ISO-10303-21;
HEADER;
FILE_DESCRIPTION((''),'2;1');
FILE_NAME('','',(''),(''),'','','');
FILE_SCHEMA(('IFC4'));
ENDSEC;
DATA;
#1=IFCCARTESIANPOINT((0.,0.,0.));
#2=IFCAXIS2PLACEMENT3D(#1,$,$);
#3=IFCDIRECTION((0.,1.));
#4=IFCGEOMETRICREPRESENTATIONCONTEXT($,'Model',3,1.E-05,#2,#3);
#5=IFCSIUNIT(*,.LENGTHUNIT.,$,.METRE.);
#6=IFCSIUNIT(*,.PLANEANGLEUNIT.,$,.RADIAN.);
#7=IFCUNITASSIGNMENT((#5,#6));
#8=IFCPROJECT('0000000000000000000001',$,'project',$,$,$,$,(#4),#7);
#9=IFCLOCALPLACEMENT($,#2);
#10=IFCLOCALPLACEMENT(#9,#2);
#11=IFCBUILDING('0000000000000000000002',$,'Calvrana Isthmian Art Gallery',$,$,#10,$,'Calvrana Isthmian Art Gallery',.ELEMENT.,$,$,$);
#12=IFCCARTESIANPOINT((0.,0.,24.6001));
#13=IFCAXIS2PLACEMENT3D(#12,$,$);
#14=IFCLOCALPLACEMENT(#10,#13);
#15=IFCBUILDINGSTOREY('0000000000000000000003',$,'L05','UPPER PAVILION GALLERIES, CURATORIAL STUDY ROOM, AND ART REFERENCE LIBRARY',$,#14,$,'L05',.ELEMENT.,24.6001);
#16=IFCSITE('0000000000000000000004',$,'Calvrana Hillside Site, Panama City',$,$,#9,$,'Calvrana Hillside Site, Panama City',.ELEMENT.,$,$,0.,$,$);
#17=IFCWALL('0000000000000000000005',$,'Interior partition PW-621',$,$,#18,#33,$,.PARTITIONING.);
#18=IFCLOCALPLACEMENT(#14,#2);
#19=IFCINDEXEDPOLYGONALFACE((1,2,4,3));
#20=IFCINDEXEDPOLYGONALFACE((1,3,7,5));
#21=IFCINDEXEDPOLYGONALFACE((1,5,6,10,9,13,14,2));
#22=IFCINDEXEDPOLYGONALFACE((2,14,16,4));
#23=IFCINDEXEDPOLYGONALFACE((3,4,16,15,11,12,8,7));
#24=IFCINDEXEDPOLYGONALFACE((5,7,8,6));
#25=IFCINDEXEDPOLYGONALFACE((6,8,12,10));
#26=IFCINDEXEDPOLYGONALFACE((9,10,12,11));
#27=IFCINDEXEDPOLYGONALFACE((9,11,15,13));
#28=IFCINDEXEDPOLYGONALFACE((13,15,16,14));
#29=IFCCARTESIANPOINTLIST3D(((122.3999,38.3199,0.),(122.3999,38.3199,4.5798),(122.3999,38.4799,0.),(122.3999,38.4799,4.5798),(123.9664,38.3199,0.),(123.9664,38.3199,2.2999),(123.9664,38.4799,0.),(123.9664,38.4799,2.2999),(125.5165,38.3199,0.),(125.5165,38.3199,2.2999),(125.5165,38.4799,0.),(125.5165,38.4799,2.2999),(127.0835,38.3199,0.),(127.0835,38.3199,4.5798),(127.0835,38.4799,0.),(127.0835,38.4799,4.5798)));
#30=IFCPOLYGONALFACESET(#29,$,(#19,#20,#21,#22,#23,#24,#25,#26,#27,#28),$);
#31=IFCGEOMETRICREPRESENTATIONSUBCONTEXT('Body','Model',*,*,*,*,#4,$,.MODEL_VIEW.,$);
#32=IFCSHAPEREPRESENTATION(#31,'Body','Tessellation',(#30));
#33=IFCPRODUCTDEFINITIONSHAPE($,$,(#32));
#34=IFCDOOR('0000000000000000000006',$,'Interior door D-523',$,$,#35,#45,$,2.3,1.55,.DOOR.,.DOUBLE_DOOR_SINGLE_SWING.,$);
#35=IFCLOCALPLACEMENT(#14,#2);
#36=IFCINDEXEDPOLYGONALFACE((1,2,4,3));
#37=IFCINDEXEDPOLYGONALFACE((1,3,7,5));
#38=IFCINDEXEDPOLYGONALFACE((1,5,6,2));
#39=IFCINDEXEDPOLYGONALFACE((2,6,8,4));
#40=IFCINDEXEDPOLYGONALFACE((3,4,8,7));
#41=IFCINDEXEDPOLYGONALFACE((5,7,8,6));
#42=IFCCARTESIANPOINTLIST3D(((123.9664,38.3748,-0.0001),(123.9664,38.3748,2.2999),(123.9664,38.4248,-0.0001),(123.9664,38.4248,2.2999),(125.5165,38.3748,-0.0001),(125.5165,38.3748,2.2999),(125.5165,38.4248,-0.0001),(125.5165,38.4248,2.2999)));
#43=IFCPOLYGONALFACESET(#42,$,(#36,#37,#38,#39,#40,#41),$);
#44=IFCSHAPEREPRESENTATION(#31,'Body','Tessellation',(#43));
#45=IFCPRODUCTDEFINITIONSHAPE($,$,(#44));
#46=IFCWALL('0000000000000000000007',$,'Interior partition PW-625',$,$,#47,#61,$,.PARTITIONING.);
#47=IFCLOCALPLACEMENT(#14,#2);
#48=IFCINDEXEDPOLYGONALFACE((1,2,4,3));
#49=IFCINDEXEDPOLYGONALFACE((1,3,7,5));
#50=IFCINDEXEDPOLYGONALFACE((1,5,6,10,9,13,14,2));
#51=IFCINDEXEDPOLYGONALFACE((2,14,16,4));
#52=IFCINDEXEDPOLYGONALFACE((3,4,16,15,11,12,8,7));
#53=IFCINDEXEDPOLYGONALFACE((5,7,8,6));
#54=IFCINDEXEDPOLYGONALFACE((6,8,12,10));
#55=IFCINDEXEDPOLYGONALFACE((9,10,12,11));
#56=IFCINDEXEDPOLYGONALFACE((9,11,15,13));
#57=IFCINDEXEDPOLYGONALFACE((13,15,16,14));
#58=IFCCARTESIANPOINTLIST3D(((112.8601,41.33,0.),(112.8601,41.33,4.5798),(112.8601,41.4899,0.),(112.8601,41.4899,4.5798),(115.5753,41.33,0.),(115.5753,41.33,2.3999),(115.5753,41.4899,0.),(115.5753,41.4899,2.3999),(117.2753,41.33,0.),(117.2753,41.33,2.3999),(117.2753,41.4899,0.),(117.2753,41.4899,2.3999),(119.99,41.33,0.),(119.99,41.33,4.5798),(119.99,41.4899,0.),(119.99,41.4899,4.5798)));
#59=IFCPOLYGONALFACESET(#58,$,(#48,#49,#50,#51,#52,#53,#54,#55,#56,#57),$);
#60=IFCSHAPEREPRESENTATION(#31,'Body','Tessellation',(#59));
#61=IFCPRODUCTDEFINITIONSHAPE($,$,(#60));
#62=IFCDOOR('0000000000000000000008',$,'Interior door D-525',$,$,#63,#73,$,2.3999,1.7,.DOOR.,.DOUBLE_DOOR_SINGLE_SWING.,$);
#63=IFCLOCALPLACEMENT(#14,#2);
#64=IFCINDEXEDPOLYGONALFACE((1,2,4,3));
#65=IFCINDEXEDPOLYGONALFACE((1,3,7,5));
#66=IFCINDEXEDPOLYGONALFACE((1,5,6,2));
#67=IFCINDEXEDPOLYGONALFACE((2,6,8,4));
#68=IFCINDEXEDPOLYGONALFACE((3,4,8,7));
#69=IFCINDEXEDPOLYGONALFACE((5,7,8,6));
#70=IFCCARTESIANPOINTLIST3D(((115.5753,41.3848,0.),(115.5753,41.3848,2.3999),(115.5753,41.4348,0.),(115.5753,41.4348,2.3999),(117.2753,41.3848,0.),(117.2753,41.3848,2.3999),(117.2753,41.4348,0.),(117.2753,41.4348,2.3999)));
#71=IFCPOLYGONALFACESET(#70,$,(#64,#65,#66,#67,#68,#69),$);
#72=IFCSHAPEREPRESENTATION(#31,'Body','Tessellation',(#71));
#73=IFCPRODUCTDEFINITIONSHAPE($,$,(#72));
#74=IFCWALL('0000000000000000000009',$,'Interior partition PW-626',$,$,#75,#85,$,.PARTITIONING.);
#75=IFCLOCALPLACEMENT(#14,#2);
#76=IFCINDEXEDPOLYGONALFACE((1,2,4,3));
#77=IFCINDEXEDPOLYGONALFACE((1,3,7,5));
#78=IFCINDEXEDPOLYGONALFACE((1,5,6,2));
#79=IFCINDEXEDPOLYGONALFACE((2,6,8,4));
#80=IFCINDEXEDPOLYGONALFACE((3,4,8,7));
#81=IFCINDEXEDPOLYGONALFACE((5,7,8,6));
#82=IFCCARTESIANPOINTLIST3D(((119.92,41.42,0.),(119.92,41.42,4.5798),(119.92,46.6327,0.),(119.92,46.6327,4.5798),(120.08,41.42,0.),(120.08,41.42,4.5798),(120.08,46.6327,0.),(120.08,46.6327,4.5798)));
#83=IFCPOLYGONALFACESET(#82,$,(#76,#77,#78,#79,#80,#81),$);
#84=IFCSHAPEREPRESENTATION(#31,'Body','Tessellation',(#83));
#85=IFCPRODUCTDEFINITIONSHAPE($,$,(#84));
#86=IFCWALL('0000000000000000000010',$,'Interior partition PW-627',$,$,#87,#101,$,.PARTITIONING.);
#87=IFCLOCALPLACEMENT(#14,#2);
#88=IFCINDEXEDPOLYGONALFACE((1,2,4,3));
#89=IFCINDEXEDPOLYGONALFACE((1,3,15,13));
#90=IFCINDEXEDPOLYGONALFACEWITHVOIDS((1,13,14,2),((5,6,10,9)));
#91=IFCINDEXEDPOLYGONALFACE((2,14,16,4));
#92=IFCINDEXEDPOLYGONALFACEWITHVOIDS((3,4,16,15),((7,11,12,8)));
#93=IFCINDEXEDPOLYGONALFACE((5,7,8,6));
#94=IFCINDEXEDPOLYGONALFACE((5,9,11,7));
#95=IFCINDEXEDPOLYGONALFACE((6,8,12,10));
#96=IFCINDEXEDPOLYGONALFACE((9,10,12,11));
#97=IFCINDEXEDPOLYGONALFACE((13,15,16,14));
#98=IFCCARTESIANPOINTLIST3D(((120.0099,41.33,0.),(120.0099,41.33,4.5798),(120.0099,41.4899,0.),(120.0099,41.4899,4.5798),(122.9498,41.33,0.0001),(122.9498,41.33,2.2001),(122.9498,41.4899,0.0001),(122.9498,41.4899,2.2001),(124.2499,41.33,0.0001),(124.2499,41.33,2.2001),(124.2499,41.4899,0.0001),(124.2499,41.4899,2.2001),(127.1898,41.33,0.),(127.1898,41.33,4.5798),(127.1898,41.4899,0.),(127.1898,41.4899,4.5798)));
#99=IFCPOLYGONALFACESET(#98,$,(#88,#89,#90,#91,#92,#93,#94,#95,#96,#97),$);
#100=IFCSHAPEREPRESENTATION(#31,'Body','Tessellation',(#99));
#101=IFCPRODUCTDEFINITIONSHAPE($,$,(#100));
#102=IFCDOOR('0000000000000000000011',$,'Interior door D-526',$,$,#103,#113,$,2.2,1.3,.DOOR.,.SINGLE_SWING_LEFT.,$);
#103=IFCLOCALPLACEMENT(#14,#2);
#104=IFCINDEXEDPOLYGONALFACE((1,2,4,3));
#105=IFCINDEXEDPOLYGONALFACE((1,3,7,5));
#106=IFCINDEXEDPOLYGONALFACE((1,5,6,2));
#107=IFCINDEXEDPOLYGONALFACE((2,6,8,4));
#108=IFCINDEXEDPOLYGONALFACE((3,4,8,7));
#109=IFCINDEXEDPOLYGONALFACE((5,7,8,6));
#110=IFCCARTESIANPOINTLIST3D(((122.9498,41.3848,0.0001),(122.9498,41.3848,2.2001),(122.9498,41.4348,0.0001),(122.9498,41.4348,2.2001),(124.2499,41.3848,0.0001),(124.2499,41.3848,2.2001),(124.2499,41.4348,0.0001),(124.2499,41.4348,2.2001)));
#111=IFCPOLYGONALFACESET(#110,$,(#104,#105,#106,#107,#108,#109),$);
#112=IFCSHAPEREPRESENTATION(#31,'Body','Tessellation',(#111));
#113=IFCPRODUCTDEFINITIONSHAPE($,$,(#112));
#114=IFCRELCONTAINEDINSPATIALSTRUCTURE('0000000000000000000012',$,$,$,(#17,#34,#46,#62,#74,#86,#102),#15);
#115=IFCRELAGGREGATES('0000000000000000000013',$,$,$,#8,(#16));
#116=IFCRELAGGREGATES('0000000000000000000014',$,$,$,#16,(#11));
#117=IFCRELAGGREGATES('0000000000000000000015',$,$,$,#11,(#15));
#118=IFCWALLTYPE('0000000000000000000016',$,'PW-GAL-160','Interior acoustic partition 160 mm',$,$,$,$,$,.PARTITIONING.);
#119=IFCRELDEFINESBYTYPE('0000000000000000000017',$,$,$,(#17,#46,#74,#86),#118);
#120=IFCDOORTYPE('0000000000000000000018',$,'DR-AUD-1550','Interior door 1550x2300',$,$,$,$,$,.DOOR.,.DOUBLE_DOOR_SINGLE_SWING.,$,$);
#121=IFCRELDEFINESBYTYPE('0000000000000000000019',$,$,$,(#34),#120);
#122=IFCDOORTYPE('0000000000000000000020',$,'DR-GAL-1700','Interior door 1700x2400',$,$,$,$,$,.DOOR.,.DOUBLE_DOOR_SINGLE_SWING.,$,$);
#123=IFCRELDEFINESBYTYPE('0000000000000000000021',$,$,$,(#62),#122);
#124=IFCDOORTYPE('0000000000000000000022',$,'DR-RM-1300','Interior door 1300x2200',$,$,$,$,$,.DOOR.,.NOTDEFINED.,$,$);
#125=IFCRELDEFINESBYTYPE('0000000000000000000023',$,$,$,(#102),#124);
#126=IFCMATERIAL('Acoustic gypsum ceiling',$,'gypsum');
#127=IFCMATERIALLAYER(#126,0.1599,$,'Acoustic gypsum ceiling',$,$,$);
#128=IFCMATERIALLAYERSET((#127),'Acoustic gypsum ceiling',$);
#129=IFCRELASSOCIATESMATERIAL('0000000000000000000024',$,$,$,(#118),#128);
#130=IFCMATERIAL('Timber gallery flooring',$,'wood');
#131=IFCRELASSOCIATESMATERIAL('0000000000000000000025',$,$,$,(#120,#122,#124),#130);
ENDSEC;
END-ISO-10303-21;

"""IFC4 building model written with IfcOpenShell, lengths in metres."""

from ifc_helpers import new_model, si_unit, direction, frame, frame_2d, origin, place, context, subcontext, project, spatial, rectangle, extrude, material, layer, layer_set, type_object, element, fill, save


model = new_model("IFC4")

# Units and contexts
model_context = context("Model", 3, precision=1e-05, world=origin(), true_north=direction((0.0, 1.0)))
body_context = subcontext(model_context, "Body", "Model", "MODEL_VIEW")
ifc_project = project(units=[si_unit("LENGTHUNIT", "METRE"), si_unit("PLANEANGLEUNIT", "RADIAN")], contexts=[model_context])

# Site, building, storey
site_placement = place(None, origin())
site = spatial("IfcSite", under=ifc_project, at=site_placement, Name="Calvrana Hillside Site, Panama City", LongName="Calvrana Hillside Site, Panama City", CompositionType="ELEMENT", RefElevation=0.0)
building_placement = place(site_placement, origin())
building = spatial("IfcBuilding", under=site, at=building_placement, Name="Calvrana Isthmian Art Gallery", LongName="Calvrana Isthmian Art Gallery", CompositionType="ELEMENT")
storey_placement = place(building_placement, frame((0.0, 0.0, 24.6001)))
storey = spatial("IfcBuildingStorey", under=building, at=storey_placement, Name="L05", Description="UPPER PAVILION GALLERIES, CURATORIAL STUDY ROOM, AND ART REFERENCE LIBRARY", LongName="L05", CompositionType="ELEMENT", Elevation=24.6001)

# Walls, openings, doors
ifc_material_1 = material(Name="Acoustic gypsum ceiling", Category="gypsum")
ifc_layer_1 = layer(ifc_material_1, 0.1599, Name="Acoustic gypsum ceiling")
ifc_layer_set_1 = layer_set([ifc_layer_1], Name="Acoustic gypsum ceiling")
wall_type_1 = type_object("IfcWallType", Name="PW-GAL-160", Description="Interior acoustic partition 160 mm", PredefinedType="PARTITIONING", material=ifc_layer_set_1)
wall_1_placement = place(storey_placement, frame((122.3999, 38.3999, 0.0), z_axis=(0.0, 0.0, 1.0), x_axis=(1.0, 0.0, 0.0)))
wall_1 = element("IfcWall", 1, at=wall_1_placement, inside=storey, type_object=wall_type_1, Name="Interior partition PW-621", PredefinedType="PARTITIONING", context=body_context, shape_type="SweptSolid", body=[
    extrude(rectangle(XDim=4.6836, YDim=0.1599, at=frame_2d((2.3418, 0.0))), origin(), (0.0, 0.0, 1.0), 4.5798),
])
opening_1_placement = place(wall_1_placement, frame((1.5667, 0.0, 0.0)))
opening_1 = element("IfcOpeningElement", 2, at=opening_1_placement, cuts=wall_1, PredefinedType="OPENING", context=body_context, shape_type="SweptSolid", body=[
    extrude(rectangle(XDim=1.55, YDim=2.3, at=frame_2d((0.7749, 1.1499))), frame((0.0, 0.0903, 0.0), z_axis=(0.0, -1.0, 0.0), x_axis=(1.0, 0.0, 0.0)), (0.0, 0.0, 1.0), 0.1804),
])
ifc_material_2 = material(Name="Timber gallery flooring", Category="wood")
door_type_1 = type_object("IfcDoorType", Name="DR-AUD-1550", Description="Interior door 1550x2300", OperationType="DOUBLE_DOOR_SINGLE_SWING", PredefinedType="DOOR", material=ifc_material_2)
door_1_placement = place(opening_1_placement, origin())
door_1 = element("IfcDoor", 3, at=door_1_placement, inside=storey, type_object=door_type_1, Name="Interior door D-523", OperationType="DOUBLE_DOOR_SINGLE_SWING", OverallHeight=2.3, OverallWidth=1.55, PredefinedType="DOOR", context=body_context, shape_type="SweptSolid", body=[
    extrude(rectangle(XDim=1.55, YDim=2.3, at=frame_2d((0.7749, 1.1499))), frame((0.0, 0.0249, 0.0), z_axis=(0.0, -1.0, 0.0), x_axis=(1.0, 0.0, 0.0)), (0.0, 0.0, 1.0), 0.05),
])
fill(opening_1, door_1)
wall_2_placement = place(storey_placement, frame((112.8601, 41.4099, 0.0), z_axis=(0.0, 0.0, 1.0), x_axis=(1.0, 0.0, 0.0)))
wall_2 = element("IfcWall", 4, at=wall_2_placement, inside=storey, type_object=wall_type_1, Name="Interior partition PW-625", PredefinedType="PARTITIONING", context=body_context, shape_type="SweptSolid", body=[
    extrude(rectangle(XDim=7.1299, YDim=0.1599, at=frame_2d((3.5649, 0.0))), origin(), (0.0, 0.0, 1.0), 4.5798),
])
opening_2_placement = place(wall_2_placement, frame((2.7151, 0.0, 0.0)))
opening_2 = element("IfcOpeningElement", 5, at=opening_2_placement, cuts=wall_2, PredefinedType="OPENING", context=body_context, shape_type="SweptSolid", body=[
    extrude(rectangle(XDim=1.7, YDim=2.3999, at=frame_2d((0.8501, 1.2))), frame((0.0, 0.0903, 0.0), z_axis=(0.0, -1.0, 0.0), x_axis=(1.0, 0.0, 0.0)), (0.0, 0.0, 1.0), 0.1804),
])
door_type_2 = type_object("IfcDoorType", Name="DR-GAL-1700", Description="Interior door 1700x2400", OperationType="DOUBLE_DOOR_SINGLE_SWING", PredefinedType="DOOR", material=ifc_material_2)
door_2_placement = place(opening_2_placement, origin())
door_2 = element("IfcDoor", 6, at=door_2_placement, inside=storey, type_object=door_type_2, Name="Interior door D-525", OperationType="DOUBLE_DOOR_SINGLE_SWING", OverallHeight=2.3999, OverallWidth=1.7, PredefinedType="DOOR", context=body_context, shape_type="SweptSolid", body=[
    extrude(rectangle(XDim=1.7, YDim=2.3999, at=frame_2d((0.8501, 1.2))), frame((0.0, 0.0249, 0.0), z_axis=(0.0, -1.0, 0.0), x_axis=(1.0, 0.0, 0.0)), (0.0, 0.0, 1.0), 0.05),
])
fill(opening_2, door_2)

# Wall
wall_3_placement = place(storey_placement, frame((120.0, 41.4199, 0.0), z_axis=(0.0, 0.0, 1.0), x_axis=(0.0, 1.0, 0.0)))
element("IfcWall", 7, at=wall_3_placement, inside=storey, type_object=wall_type_1, Name="Interior partition PW-626", PredefinedType="PARTITIONING", context=body_context, shape_type="SweptSolid", body=[
    extrude(rectangle(XDim=5.2126, YDim=0.1599, at=frame_2d((2.6064, 0.0))), origin(), (0.0, 0.0, 1.0), 4.5798),
])

# Wall, opening, door
wall_4_placement = place(storey_placement, frame((120.01, 41.4099, 0.0), z_axis=(0.0, 0.0, 1.0), x_axis=(1.0, 0.0, 0.0)))
wall_4 = element("IfcWall", 8, at=wall_4_placement, inside=storey, type_object=wall_type_1, Name="Interior partition PW-627", PredefinedType="PARTITIONING", context=body_context, shape_type="SweptSolid", body=[
    extrude(rectangle(XDim=7.1799, YDim=0.1599, at=frame_2d((3.5898, 0.0))), origin(), (0.0, 0.0, 1.0), 4.5798),
])
opening_3_placement = place(wall_4_placement, frame((2.9399, 0.0, 0.0)))
opening_3 = element("IfcOpeningElement", 9, at=opening_3_placement, cuts=wall_4, PredefinedType="OPENING", context=body_context, shape_type="SweptSolid", body=[
    extrude(rectangle(XDim=1.3, YDim=2.2, at=frame_2d((0.6499, 1.1001))), frame((0.0, 0.0903, 0.0), z_axis=(0.0, -1.0, 0.0), x_axis=(1.0, 0.0, 0.0)), (0.0, 0.0, 1.0), 0.1804),
])
door_type_3 = type_object("IfcDoorType", Name="DR-RM-1300", Description="Interior door 1300x2200", OperationType="NOTDEFINED", PredefinedType="DOOR", material=ifc_material_2)
door_3_placement = place(opening_3_placement, origin())
door_3 = element("IfcDoor", 10, at=door_3_placement, inside=storey, type_object=door_type_3, Name="Interior door D-526", OperationType="SINGLE_SWING_LEFT", OverallHeight=2.2, OverallWidth=1.3, PredefinedType="DOOR", context=body_context, shape_type="SweptSolid", body=[
    extrude(rectangle(XDim=1.3, YDim=2.2, at=frame_2d((0.6499, 1.1001))), frame((0.0, 0.0249, 0.0), z_axis=(0.0, -1.0, 0.0), x_axis=(1.0, 0.0, 0.0)), (0.0, 0.0, 1.0), 0.05),
])
fill(opening_3, door_3)

save(model, "model.ifc")
